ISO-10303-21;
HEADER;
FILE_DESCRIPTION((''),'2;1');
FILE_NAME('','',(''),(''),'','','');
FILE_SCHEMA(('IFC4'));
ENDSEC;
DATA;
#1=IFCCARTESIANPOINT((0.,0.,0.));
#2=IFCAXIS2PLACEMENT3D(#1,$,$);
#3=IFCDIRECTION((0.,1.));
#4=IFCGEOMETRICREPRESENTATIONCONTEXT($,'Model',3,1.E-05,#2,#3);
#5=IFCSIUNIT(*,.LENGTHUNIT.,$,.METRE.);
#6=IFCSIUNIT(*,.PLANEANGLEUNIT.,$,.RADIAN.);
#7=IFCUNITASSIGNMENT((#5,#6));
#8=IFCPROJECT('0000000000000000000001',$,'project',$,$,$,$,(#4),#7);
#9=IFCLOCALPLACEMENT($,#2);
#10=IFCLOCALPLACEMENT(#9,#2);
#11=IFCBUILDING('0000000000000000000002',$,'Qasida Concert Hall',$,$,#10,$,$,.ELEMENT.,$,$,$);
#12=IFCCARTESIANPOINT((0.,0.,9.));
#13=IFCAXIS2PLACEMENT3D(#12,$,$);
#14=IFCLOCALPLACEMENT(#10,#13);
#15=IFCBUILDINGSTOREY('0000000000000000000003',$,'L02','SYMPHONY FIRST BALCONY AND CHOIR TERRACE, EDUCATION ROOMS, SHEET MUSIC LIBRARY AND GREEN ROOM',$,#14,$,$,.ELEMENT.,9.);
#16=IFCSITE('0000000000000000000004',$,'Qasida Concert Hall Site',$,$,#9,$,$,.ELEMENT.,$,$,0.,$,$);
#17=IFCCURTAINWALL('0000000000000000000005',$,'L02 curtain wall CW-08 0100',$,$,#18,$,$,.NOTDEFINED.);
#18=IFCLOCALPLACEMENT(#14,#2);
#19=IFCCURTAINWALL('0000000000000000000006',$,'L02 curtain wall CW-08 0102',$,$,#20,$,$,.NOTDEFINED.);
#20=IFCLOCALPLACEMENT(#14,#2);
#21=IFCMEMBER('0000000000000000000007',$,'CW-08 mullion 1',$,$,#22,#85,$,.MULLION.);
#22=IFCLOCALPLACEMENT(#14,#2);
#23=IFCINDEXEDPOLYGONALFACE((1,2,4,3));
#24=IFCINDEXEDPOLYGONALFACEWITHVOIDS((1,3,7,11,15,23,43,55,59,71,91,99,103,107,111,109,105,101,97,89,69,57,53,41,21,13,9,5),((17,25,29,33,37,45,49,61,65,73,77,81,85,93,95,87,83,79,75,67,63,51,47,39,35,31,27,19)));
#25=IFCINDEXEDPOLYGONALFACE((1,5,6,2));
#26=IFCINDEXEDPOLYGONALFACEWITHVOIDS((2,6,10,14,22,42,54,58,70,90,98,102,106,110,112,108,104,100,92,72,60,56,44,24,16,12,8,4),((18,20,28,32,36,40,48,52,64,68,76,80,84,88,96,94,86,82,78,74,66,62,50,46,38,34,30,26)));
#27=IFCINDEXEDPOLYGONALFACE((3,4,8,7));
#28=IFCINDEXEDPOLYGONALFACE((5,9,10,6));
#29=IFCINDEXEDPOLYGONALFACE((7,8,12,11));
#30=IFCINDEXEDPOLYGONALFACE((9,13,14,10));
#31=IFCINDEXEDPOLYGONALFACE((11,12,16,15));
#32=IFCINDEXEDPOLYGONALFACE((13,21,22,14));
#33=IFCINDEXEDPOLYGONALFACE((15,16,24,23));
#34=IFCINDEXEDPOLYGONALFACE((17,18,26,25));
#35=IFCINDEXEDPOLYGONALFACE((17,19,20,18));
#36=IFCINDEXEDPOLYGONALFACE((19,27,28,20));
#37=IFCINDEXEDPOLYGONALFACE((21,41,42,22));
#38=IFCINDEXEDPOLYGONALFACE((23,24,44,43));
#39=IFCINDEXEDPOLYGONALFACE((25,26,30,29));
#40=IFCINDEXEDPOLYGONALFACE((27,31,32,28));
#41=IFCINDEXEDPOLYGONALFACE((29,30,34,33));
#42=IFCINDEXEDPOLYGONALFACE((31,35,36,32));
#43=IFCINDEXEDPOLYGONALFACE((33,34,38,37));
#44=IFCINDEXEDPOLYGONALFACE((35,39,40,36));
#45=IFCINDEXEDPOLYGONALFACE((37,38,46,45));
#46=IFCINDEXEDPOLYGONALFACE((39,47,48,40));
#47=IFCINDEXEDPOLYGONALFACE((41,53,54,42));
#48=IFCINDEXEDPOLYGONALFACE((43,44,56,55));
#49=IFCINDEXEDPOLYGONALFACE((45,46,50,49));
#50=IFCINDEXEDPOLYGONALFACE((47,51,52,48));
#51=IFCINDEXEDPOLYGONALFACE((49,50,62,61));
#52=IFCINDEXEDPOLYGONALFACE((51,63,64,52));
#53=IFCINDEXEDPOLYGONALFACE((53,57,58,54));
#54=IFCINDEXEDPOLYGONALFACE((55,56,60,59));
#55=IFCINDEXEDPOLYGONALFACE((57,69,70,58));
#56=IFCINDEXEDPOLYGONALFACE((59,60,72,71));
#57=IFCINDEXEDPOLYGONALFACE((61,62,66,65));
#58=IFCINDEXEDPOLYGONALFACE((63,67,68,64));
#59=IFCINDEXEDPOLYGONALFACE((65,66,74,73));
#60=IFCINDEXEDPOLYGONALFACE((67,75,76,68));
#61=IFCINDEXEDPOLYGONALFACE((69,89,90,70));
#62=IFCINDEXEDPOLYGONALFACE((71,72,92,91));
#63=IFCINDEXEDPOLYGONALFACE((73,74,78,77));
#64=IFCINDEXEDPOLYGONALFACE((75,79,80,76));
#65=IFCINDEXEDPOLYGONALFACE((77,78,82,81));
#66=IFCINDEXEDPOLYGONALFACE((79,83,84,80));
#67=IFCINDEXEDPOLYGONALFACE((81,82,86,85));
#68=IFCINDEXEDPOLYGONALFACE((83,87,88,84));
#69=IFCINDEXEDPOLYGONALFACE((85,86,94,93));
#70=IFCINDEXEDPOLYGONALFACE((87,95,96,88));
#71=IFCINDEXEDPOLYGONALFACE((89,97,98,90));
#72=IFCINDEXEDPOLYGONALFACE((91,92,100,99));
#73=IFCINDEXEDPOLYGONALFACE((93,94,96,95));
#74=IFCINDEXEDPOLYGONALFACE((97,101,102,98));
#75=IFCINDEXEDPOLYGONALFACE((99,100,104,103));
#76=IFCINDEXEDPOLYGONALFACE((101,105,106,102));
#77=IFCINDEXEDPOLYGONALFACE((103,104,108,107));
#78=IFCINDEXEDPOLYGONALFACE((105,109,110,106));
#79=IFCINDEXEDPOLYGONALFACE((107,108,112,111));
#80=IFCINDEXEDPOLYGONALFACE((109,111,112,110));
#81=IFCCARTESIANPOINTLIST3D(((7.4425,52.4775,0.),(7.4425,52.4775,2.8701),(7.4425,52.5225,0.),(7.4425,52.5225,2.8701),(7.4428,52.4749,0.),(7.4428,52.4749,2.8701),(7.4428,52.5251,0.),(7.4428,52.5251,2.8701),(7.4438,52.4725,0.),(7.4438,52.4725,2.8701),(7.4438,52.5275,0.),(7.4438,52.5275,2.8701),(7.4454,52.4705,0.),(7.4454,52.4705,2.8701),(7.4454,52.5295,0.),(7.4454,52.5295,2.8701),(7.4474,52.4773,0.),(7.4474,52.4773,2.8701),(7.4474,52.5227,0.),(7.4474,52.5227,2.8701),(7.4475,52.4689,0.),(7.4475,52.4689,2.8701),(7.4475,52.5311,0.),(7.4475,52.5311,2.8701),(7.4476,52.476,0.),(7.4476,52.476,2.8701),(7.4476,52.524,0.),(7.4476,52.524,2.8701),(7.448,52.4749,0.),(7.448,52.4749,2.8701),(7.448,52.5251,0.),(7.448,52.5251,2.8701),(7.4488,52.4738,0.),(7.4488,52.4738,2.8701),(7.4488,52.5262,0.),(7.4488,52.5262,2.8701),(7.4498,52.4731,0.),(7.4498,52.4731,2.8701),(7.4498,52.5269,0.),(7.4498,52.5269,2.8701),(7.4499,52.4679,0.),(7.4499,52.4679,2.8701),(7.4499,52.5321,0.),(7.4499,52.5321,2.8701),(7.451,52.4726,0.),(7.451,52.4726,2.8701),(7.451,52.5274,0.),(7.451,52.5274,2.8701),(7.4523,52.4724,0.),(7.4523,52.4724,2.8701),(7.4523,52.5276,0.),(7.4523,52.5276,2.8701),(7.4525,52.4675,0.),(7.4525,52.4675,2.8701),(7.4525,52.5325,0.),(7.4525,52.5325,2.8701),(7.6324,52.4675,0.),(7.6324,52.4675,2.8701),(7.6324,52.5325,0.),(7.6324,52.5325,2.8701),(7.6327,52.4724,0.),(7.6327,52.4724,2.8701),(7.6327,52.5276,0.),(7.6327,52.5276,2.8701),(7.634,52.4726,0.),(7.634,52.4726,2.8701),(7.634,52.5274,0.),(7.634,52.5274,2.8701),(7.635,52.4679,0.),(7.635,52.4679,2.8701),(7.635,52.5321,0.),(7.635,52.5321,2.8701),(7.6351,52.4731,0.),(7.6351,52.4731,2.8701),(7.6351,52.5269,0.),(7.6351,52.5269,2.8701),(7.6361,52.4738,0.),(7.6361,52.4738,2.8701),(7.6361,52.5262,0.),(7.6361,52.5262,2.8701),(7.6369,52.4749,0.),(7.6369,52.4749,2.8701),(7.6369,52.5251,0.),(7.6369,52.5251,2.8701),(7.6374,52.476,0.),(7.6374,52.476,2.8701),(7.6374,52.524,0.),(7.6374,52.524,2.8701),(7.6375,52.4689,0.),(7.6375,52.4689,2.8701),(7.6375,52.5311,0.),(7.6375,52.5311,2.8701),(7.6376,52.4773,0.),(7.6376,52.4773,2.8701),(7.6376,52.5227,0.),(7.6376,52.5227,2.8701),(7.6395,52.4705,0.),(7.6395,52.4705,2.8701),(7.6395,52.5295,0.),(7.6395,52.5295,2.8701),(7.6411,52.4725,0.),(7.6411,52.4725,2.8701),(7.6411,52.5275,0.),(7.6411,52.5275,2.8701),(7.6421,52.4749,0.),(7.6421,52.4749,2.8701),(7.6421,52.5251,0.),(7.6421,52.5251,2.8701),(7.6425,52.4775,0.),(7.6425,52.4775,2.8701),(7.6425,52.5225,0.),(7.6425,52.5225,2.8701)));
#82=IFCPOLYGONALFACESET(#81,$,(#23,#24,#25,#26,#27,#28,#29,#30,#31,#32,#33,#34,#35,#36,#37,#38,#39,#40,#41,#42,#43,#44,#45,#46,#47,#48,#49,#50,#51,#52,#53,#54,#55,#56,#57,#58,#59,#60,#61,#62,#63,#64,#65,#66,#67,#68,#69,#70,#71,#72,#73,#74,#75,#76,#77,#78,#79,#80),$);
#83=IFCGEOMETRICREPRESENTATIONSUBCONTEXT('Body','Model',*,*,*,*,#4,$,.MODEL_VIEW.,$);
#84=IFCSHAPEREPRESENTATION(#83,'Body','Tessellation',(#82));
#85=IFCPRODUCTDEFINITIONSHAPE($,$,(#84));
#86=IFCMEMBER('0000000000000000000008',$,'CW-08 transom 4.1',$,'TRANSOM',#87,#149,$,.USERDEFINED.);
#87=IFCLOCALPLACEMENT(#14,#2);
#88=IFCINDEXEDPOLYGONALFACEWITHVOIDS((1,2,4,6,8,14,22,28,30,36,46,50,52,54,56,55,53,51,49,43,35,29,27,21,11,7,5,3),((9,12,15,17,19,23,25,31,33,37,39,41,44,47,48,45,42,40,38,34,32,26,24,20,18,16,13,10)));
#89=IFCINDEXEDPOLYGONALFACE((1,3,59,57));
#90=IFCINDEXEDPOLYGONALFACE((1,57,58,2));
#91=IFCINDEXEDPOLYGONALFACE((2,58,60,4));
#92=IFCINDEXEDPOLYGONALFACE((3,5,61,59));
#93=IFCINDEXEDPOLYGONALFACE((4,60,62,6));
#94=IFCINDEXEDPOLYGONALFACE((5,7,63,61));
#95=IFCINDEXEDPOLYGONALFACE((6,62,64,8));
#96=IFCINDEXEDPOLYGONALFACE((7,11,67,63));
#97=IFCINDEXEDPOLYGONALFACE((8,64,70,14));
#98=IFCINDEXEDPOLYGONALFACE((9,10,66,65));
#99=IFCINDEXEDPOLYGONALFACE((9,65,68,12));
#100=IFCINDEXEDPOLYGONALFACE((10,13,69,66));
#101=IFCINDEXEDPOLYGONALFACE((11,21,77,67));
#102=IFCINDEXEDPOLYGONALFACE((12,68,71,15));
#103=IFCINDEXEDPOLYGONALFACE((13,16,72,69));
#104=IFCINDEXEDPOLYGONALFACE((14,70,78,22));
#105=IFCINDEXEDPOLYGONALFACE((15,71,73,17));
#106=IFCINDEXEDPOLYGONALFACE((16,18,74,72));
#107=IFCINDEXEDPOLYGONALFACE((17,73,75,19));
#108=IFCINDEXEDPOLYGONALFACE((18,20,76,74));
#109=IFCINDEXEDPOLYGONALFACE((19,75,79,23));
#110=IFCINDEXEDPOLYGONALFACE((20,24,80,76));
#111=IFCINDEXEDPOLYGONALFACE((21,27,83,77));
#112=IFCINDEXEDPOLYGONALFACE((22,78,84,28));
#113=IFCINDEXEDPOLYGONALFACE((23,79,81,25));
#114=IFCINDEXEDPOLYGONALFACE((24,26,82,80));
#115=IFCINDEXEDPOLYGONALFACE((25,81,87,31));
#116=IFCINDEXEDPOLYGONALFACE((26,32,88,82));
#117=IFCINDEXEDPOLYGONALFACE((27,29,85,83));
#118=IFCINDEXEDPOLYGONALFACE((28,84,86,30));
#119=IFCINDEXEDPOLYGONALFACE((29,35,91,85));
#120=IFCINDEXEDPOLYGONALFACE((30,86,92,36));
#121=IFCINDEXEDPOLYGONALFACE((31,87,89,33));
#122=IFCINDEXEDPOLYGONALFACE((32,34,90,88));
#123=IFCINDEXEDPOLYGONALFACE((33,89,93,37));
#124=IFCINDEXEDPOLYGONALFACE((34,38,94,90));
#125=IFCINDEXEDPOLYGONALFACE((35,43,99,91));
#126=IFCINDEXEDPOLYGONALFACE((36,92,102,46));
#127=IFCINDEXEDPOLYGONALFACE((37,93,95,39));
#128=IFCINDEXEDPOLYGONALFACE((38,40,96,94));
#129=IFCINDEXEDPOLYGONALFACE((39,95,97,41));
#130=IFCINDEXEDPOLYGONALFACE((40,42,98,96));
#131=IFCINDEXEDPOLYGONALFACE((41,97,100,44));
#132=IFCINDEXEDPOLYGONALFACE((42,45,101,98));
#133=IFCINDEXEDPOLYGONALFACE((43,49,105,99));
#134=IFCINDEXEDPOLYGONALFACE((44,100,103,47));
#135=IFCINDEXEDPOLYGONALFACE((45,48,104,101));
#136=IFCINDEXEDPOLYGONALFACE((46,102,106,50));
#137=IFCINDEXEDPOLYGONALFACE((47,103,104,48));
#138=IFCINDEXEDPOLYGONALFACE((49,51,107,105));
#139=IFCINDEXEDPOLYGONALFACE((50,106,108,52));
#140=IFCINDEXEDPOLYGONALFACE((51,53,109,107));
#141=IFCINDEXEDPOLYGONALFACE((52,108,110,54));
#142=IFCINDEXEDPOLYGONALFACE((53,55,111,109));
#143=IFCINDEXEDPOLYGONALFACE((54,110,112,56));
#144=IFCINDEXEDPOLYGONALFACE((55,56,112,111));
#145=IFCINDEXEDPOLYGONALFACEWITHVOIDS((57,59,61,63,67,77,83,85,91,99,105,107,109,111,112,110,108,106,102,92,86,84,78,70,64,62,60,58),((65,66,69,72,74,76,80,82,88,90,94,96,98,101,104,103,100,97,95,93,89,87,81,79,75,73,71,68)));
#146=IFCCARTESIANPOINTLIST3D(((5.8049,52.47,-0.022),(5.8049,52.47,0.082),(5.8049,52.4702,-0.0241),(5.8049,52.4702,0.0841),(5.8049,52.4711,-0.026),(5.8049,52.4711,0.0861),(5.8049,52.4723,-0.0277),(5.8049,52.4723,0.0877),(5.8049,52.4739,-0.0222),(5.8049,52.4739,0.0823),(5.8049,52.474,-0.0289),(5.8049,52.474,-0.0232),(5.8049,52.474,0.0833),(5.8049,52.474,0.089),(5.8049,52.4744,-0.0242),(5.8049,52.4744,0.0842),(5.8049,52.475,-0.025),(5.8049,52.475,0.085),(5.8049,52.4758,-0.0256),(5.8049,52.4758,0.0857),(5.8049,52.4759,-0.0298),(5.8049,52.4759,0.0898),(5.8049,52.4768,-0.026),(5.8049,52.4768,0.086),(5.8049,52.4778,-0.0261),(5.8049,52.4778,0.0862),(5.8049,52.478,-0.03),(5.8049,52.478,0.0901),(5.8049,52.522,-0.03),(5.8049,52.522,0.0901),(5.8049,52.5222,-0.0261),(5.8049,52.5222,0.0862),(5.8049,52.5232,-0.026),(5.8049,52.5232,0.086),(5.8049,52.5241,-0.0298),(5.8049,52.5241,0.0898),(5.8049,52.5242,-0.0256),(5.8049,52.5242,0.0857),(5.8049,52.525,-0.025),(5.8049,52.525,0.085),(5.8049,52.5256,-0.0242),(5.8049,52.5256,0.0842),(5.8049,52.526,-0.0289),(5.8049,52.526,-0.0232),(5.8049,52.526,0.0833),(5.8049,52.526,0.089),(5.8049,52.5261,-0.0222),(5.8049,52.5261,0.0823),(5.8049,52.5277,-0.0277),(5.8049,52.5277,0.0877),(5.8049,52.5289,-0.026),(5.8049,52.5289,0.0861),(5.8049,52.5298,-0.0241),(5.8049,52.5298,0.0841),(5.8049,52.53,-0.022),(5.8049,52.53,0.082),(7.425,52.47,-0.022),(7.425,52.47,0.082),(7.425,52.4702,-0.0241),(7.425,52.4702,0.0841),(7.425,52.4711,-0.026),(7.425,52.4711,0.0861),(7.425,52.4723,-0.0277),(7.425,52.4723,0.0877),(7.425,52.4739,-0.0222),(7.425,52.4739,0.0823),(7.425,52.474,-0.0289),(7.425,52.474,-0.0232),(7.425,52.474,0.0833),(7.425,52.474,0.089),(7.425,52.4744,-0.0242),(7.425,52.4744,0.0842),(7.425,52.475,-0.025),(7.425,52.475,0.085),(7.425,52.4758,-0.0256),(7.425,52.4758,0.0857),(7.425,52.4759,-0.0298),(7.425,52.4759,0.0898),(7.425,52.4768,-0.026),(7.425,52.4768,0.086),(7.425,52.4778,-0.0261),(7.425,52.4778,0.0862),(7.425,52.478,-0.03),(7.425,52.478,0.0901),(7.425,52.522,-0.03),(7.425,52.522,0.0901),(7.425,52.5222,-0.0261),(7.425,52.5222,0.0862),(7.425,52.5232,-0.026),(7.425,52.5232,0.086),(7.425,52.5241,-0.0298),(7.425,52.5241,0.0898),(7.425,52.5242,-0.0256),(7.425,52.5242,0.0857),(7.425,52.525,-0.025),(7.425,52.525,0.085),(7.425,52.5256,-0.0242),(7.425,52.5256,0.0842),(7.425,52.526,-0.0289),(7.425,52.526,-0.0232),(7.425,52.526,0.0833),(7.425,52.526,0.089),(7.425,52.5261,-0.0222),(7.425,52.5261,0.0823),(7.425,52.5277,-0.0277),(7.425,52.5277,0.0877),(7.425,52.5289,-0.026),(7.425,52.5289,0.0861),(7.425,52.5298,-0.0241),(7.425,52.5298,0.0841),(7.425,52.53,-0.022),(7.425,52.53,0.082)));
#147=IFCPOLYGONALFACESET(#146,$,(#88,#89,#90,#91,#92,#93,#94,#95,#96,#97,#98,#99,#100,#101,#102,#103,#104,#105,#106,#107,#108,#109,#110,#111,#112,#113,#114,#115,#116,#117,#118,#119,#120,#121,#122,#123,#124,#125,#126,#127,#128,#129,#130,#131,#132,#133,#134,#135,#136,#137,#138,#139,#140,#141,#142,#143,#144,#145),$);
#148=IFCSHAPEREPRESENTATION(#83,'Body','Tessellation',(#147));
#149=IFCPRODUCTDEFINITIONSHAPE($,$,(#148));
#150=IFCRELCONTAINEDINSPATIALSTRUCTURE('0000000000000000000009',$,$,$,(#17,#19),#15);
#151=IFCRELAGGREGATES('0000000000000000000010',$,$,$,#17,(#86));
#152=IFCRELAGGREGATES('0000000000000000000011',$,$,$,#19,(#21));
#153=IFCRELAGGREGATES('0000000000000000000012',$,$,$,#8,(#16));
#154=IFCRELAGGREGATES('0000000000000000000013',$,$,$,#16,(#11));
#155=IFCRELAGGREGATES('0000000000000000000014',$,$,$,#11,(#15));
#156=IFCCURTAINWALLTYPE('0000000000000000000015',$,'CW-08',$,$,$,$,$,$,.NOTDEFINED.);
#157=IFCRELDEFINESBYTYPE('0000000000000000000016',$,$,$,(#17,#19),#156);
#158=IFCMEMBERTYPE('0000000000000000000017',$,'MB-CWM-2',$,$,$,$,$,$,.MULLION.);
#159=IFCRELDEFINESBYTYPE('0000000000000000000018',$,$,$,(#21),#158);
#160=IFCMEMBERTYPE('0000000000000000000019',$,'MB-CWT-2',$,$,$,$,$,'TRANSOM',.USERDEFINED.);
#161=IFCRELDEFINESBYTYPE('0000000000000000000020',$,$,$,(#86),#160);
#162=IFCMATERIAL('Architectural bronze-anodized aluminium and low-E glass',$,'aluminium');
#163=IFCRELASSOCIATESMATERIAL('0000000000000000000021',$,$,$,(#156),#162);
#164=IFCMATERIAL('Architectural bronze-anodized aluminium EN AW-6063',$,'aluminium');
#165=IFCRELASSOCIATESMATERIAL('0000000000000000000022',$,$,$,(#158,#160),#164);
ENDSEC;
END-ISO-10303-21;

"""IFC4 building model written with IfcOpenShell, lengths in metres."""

from ifc_helpers import new_model, si_unit, direction, frame, origin, origin_2d, place, context, subcontext, project, spatial, hollow_rectangle, extrude, material, material_profile, profile_set, type_object, element, aggregate, save


model = new_model("IFC4")

# Units and contexts
model_context = context("Model", 3, precision=1e-05, world=origin(), true_north=direction((0.0, 1.0)))
body_context = subcontext(model_context, "Body", "Model", "MODEL_VIEW")
ifc_project = project(units=[si_unit("LENGTHUNIT", "METRE"), si_unit("PLANEANGLEUNIT", "RADIAN")], contexts=[model_context])

# Site, building, storey
site_placement = place(None, origin())
site = spatial("IfcSite", under=ifc_project, at=site_placement, Name="Qasida Concert Hall Site", CompositionType="ELEMENT", RefElevation=0.0)
building_placement = place(site_placement, origin())
building = spatial("IfcBuilding", under=site, at=building_placement, Name="Qasida Concert Hall", CompositionType="ELEMENT")
storey_placement = place(building_placement, frame((0.0, 0.0, 9.0)))
storey = spatial("IfcBuildingStorey", under=building, at=storey_placement, Name="L02", Description="SYMPHONY FIRST BALCONY AND CHOIR TERRACE, EDUCATION ROOMS, SHEET MUSIC LIBRARY AND GREEN ROOM", CompositionType="ELEMENT", Elevation=9.0)

# Curtain wall
ifc_material_1 = material(Name="Architectural bronze-anodized aluminium and low-E glass", Category="aluminium")
curtain_wall_type = type_object("IfcCurtainWallType", Name="CW-08", PredefinedType="NOTDEFINED", material=ifc_material_1)
curtain_wall_1_placement = place(storey_placement, origin())
curtain_wall_1 = element("IfcCurtainWall", 1, at=curtain_wall_1_placement, inside=storey, type_object=curtain_wall_type, Name="L02 curtain wall CW-08 0100", PredefinedType="NOTDEFINED")
ifc_material_2 = material(Name="Architectural bronze-anodized aluminium EN AW-6063", Category="aluminium")
ifc_material_profile_1 = material_profile(ifc_material_2, hollow_rectangle(XDim=0.0649, YDim=0.2, WallThickness=0.0049, InnerFilletRadius=0.0049, OuterFilletRadius=0.01, at=origin_2d()), Name="CWM 200x65x5")
ifc_profile_set_1 = profile_set([ifc_material_profile_1], Name="Architectural bronze-anodized aluminium EN AW-6063")
member_type_1 = type_object("IfcMemberType", Name="MB-CWM-2", PredefinedType="MULLION", material=ifc_profile_set_1)

# Curtain wall, member
curtain_wall_2_placement = place(storey_placement, origin())
curtain_wall_2 = element("IfcCurtainWall", 2, at=curtain_wall_2_placement, inside=storey, type_object=curtain_wall_type, Name="L02 curtain wall CW-08 0102", PredefinedType="NOTDEFINED")
member_1_placement = place(storey_placement, frame((7.5425, 52.5, 0.0), z_axis=(0.0, 0.0, 1.0), x_axis=(0.0, 1.0, 0.0)))
member_1 = element("IfcMember", 3, at=member_1_placement, type_object=member_type_1, Name="CW-08 mullion 1", PredefinedType="MULLION", context=body_context, shape_type="SweptSolid", body=[
    extrude(hollow_rectangle(XDim=0.0649, YDim=0.2, WallThickness=0.0049, InnerFilletRadius=0.0049, OuterFilletRadius=0.01, at=origin_2d()), origin(), (0.0, 0.0, 1.0), 2.8701),
])

# Member
ifc_material_profile_2 = material_profile(ifc_material_2, hollow_rectangle(XDim=0.0601, YDim=0.1201, WallThickness=0.0039, InnerFilletRadius=0.0039, OuterFilletRadius=0.0081, at=origin_2d()), Name="CWT 120x60x4")
ifc_profile_set_2 = profile_set([ifc_material_profile_2], Name="Architectural bronze-anodized aluminium EN AW-6063")
member_type_2 = type_object("IfcMemberType", Name="MB-CWT-2", ElementType="TRANSOM", PredefinedType="USERDEFINED", material=ifc_profile_set_2)
member_2_placement = place(storey_placement, frame((5.8049, 52.5, 0.03), z_axis=(1.0, 0.0, 0.0), x_axis=(0.0, 1.0, 0.0)))
member_2 = element("IfcMember", 4, at=member_2_placement, type_object=member_type_2, Name="CW-08 transom 4.1", ObjectType="TRANSOM", PredefinedType="USERDEFINED", context=body_context, shape_type="SweptSolid", body=[
    extrude(hollow_rectangle(XDim=0.0601, YDim=0.1201, WallThickness=0.0039, InnerFilletRadius=0.0039, OuterFilletRadius=0.0081, at=origin_2d()), origin(), (0.0, 0.0, 1.0), 1.6201),
])

aggregate(curtain_wall_1, [member_2])
aggregate(curtain_wall_2, [member_1])

save(model, "model.ifc")
